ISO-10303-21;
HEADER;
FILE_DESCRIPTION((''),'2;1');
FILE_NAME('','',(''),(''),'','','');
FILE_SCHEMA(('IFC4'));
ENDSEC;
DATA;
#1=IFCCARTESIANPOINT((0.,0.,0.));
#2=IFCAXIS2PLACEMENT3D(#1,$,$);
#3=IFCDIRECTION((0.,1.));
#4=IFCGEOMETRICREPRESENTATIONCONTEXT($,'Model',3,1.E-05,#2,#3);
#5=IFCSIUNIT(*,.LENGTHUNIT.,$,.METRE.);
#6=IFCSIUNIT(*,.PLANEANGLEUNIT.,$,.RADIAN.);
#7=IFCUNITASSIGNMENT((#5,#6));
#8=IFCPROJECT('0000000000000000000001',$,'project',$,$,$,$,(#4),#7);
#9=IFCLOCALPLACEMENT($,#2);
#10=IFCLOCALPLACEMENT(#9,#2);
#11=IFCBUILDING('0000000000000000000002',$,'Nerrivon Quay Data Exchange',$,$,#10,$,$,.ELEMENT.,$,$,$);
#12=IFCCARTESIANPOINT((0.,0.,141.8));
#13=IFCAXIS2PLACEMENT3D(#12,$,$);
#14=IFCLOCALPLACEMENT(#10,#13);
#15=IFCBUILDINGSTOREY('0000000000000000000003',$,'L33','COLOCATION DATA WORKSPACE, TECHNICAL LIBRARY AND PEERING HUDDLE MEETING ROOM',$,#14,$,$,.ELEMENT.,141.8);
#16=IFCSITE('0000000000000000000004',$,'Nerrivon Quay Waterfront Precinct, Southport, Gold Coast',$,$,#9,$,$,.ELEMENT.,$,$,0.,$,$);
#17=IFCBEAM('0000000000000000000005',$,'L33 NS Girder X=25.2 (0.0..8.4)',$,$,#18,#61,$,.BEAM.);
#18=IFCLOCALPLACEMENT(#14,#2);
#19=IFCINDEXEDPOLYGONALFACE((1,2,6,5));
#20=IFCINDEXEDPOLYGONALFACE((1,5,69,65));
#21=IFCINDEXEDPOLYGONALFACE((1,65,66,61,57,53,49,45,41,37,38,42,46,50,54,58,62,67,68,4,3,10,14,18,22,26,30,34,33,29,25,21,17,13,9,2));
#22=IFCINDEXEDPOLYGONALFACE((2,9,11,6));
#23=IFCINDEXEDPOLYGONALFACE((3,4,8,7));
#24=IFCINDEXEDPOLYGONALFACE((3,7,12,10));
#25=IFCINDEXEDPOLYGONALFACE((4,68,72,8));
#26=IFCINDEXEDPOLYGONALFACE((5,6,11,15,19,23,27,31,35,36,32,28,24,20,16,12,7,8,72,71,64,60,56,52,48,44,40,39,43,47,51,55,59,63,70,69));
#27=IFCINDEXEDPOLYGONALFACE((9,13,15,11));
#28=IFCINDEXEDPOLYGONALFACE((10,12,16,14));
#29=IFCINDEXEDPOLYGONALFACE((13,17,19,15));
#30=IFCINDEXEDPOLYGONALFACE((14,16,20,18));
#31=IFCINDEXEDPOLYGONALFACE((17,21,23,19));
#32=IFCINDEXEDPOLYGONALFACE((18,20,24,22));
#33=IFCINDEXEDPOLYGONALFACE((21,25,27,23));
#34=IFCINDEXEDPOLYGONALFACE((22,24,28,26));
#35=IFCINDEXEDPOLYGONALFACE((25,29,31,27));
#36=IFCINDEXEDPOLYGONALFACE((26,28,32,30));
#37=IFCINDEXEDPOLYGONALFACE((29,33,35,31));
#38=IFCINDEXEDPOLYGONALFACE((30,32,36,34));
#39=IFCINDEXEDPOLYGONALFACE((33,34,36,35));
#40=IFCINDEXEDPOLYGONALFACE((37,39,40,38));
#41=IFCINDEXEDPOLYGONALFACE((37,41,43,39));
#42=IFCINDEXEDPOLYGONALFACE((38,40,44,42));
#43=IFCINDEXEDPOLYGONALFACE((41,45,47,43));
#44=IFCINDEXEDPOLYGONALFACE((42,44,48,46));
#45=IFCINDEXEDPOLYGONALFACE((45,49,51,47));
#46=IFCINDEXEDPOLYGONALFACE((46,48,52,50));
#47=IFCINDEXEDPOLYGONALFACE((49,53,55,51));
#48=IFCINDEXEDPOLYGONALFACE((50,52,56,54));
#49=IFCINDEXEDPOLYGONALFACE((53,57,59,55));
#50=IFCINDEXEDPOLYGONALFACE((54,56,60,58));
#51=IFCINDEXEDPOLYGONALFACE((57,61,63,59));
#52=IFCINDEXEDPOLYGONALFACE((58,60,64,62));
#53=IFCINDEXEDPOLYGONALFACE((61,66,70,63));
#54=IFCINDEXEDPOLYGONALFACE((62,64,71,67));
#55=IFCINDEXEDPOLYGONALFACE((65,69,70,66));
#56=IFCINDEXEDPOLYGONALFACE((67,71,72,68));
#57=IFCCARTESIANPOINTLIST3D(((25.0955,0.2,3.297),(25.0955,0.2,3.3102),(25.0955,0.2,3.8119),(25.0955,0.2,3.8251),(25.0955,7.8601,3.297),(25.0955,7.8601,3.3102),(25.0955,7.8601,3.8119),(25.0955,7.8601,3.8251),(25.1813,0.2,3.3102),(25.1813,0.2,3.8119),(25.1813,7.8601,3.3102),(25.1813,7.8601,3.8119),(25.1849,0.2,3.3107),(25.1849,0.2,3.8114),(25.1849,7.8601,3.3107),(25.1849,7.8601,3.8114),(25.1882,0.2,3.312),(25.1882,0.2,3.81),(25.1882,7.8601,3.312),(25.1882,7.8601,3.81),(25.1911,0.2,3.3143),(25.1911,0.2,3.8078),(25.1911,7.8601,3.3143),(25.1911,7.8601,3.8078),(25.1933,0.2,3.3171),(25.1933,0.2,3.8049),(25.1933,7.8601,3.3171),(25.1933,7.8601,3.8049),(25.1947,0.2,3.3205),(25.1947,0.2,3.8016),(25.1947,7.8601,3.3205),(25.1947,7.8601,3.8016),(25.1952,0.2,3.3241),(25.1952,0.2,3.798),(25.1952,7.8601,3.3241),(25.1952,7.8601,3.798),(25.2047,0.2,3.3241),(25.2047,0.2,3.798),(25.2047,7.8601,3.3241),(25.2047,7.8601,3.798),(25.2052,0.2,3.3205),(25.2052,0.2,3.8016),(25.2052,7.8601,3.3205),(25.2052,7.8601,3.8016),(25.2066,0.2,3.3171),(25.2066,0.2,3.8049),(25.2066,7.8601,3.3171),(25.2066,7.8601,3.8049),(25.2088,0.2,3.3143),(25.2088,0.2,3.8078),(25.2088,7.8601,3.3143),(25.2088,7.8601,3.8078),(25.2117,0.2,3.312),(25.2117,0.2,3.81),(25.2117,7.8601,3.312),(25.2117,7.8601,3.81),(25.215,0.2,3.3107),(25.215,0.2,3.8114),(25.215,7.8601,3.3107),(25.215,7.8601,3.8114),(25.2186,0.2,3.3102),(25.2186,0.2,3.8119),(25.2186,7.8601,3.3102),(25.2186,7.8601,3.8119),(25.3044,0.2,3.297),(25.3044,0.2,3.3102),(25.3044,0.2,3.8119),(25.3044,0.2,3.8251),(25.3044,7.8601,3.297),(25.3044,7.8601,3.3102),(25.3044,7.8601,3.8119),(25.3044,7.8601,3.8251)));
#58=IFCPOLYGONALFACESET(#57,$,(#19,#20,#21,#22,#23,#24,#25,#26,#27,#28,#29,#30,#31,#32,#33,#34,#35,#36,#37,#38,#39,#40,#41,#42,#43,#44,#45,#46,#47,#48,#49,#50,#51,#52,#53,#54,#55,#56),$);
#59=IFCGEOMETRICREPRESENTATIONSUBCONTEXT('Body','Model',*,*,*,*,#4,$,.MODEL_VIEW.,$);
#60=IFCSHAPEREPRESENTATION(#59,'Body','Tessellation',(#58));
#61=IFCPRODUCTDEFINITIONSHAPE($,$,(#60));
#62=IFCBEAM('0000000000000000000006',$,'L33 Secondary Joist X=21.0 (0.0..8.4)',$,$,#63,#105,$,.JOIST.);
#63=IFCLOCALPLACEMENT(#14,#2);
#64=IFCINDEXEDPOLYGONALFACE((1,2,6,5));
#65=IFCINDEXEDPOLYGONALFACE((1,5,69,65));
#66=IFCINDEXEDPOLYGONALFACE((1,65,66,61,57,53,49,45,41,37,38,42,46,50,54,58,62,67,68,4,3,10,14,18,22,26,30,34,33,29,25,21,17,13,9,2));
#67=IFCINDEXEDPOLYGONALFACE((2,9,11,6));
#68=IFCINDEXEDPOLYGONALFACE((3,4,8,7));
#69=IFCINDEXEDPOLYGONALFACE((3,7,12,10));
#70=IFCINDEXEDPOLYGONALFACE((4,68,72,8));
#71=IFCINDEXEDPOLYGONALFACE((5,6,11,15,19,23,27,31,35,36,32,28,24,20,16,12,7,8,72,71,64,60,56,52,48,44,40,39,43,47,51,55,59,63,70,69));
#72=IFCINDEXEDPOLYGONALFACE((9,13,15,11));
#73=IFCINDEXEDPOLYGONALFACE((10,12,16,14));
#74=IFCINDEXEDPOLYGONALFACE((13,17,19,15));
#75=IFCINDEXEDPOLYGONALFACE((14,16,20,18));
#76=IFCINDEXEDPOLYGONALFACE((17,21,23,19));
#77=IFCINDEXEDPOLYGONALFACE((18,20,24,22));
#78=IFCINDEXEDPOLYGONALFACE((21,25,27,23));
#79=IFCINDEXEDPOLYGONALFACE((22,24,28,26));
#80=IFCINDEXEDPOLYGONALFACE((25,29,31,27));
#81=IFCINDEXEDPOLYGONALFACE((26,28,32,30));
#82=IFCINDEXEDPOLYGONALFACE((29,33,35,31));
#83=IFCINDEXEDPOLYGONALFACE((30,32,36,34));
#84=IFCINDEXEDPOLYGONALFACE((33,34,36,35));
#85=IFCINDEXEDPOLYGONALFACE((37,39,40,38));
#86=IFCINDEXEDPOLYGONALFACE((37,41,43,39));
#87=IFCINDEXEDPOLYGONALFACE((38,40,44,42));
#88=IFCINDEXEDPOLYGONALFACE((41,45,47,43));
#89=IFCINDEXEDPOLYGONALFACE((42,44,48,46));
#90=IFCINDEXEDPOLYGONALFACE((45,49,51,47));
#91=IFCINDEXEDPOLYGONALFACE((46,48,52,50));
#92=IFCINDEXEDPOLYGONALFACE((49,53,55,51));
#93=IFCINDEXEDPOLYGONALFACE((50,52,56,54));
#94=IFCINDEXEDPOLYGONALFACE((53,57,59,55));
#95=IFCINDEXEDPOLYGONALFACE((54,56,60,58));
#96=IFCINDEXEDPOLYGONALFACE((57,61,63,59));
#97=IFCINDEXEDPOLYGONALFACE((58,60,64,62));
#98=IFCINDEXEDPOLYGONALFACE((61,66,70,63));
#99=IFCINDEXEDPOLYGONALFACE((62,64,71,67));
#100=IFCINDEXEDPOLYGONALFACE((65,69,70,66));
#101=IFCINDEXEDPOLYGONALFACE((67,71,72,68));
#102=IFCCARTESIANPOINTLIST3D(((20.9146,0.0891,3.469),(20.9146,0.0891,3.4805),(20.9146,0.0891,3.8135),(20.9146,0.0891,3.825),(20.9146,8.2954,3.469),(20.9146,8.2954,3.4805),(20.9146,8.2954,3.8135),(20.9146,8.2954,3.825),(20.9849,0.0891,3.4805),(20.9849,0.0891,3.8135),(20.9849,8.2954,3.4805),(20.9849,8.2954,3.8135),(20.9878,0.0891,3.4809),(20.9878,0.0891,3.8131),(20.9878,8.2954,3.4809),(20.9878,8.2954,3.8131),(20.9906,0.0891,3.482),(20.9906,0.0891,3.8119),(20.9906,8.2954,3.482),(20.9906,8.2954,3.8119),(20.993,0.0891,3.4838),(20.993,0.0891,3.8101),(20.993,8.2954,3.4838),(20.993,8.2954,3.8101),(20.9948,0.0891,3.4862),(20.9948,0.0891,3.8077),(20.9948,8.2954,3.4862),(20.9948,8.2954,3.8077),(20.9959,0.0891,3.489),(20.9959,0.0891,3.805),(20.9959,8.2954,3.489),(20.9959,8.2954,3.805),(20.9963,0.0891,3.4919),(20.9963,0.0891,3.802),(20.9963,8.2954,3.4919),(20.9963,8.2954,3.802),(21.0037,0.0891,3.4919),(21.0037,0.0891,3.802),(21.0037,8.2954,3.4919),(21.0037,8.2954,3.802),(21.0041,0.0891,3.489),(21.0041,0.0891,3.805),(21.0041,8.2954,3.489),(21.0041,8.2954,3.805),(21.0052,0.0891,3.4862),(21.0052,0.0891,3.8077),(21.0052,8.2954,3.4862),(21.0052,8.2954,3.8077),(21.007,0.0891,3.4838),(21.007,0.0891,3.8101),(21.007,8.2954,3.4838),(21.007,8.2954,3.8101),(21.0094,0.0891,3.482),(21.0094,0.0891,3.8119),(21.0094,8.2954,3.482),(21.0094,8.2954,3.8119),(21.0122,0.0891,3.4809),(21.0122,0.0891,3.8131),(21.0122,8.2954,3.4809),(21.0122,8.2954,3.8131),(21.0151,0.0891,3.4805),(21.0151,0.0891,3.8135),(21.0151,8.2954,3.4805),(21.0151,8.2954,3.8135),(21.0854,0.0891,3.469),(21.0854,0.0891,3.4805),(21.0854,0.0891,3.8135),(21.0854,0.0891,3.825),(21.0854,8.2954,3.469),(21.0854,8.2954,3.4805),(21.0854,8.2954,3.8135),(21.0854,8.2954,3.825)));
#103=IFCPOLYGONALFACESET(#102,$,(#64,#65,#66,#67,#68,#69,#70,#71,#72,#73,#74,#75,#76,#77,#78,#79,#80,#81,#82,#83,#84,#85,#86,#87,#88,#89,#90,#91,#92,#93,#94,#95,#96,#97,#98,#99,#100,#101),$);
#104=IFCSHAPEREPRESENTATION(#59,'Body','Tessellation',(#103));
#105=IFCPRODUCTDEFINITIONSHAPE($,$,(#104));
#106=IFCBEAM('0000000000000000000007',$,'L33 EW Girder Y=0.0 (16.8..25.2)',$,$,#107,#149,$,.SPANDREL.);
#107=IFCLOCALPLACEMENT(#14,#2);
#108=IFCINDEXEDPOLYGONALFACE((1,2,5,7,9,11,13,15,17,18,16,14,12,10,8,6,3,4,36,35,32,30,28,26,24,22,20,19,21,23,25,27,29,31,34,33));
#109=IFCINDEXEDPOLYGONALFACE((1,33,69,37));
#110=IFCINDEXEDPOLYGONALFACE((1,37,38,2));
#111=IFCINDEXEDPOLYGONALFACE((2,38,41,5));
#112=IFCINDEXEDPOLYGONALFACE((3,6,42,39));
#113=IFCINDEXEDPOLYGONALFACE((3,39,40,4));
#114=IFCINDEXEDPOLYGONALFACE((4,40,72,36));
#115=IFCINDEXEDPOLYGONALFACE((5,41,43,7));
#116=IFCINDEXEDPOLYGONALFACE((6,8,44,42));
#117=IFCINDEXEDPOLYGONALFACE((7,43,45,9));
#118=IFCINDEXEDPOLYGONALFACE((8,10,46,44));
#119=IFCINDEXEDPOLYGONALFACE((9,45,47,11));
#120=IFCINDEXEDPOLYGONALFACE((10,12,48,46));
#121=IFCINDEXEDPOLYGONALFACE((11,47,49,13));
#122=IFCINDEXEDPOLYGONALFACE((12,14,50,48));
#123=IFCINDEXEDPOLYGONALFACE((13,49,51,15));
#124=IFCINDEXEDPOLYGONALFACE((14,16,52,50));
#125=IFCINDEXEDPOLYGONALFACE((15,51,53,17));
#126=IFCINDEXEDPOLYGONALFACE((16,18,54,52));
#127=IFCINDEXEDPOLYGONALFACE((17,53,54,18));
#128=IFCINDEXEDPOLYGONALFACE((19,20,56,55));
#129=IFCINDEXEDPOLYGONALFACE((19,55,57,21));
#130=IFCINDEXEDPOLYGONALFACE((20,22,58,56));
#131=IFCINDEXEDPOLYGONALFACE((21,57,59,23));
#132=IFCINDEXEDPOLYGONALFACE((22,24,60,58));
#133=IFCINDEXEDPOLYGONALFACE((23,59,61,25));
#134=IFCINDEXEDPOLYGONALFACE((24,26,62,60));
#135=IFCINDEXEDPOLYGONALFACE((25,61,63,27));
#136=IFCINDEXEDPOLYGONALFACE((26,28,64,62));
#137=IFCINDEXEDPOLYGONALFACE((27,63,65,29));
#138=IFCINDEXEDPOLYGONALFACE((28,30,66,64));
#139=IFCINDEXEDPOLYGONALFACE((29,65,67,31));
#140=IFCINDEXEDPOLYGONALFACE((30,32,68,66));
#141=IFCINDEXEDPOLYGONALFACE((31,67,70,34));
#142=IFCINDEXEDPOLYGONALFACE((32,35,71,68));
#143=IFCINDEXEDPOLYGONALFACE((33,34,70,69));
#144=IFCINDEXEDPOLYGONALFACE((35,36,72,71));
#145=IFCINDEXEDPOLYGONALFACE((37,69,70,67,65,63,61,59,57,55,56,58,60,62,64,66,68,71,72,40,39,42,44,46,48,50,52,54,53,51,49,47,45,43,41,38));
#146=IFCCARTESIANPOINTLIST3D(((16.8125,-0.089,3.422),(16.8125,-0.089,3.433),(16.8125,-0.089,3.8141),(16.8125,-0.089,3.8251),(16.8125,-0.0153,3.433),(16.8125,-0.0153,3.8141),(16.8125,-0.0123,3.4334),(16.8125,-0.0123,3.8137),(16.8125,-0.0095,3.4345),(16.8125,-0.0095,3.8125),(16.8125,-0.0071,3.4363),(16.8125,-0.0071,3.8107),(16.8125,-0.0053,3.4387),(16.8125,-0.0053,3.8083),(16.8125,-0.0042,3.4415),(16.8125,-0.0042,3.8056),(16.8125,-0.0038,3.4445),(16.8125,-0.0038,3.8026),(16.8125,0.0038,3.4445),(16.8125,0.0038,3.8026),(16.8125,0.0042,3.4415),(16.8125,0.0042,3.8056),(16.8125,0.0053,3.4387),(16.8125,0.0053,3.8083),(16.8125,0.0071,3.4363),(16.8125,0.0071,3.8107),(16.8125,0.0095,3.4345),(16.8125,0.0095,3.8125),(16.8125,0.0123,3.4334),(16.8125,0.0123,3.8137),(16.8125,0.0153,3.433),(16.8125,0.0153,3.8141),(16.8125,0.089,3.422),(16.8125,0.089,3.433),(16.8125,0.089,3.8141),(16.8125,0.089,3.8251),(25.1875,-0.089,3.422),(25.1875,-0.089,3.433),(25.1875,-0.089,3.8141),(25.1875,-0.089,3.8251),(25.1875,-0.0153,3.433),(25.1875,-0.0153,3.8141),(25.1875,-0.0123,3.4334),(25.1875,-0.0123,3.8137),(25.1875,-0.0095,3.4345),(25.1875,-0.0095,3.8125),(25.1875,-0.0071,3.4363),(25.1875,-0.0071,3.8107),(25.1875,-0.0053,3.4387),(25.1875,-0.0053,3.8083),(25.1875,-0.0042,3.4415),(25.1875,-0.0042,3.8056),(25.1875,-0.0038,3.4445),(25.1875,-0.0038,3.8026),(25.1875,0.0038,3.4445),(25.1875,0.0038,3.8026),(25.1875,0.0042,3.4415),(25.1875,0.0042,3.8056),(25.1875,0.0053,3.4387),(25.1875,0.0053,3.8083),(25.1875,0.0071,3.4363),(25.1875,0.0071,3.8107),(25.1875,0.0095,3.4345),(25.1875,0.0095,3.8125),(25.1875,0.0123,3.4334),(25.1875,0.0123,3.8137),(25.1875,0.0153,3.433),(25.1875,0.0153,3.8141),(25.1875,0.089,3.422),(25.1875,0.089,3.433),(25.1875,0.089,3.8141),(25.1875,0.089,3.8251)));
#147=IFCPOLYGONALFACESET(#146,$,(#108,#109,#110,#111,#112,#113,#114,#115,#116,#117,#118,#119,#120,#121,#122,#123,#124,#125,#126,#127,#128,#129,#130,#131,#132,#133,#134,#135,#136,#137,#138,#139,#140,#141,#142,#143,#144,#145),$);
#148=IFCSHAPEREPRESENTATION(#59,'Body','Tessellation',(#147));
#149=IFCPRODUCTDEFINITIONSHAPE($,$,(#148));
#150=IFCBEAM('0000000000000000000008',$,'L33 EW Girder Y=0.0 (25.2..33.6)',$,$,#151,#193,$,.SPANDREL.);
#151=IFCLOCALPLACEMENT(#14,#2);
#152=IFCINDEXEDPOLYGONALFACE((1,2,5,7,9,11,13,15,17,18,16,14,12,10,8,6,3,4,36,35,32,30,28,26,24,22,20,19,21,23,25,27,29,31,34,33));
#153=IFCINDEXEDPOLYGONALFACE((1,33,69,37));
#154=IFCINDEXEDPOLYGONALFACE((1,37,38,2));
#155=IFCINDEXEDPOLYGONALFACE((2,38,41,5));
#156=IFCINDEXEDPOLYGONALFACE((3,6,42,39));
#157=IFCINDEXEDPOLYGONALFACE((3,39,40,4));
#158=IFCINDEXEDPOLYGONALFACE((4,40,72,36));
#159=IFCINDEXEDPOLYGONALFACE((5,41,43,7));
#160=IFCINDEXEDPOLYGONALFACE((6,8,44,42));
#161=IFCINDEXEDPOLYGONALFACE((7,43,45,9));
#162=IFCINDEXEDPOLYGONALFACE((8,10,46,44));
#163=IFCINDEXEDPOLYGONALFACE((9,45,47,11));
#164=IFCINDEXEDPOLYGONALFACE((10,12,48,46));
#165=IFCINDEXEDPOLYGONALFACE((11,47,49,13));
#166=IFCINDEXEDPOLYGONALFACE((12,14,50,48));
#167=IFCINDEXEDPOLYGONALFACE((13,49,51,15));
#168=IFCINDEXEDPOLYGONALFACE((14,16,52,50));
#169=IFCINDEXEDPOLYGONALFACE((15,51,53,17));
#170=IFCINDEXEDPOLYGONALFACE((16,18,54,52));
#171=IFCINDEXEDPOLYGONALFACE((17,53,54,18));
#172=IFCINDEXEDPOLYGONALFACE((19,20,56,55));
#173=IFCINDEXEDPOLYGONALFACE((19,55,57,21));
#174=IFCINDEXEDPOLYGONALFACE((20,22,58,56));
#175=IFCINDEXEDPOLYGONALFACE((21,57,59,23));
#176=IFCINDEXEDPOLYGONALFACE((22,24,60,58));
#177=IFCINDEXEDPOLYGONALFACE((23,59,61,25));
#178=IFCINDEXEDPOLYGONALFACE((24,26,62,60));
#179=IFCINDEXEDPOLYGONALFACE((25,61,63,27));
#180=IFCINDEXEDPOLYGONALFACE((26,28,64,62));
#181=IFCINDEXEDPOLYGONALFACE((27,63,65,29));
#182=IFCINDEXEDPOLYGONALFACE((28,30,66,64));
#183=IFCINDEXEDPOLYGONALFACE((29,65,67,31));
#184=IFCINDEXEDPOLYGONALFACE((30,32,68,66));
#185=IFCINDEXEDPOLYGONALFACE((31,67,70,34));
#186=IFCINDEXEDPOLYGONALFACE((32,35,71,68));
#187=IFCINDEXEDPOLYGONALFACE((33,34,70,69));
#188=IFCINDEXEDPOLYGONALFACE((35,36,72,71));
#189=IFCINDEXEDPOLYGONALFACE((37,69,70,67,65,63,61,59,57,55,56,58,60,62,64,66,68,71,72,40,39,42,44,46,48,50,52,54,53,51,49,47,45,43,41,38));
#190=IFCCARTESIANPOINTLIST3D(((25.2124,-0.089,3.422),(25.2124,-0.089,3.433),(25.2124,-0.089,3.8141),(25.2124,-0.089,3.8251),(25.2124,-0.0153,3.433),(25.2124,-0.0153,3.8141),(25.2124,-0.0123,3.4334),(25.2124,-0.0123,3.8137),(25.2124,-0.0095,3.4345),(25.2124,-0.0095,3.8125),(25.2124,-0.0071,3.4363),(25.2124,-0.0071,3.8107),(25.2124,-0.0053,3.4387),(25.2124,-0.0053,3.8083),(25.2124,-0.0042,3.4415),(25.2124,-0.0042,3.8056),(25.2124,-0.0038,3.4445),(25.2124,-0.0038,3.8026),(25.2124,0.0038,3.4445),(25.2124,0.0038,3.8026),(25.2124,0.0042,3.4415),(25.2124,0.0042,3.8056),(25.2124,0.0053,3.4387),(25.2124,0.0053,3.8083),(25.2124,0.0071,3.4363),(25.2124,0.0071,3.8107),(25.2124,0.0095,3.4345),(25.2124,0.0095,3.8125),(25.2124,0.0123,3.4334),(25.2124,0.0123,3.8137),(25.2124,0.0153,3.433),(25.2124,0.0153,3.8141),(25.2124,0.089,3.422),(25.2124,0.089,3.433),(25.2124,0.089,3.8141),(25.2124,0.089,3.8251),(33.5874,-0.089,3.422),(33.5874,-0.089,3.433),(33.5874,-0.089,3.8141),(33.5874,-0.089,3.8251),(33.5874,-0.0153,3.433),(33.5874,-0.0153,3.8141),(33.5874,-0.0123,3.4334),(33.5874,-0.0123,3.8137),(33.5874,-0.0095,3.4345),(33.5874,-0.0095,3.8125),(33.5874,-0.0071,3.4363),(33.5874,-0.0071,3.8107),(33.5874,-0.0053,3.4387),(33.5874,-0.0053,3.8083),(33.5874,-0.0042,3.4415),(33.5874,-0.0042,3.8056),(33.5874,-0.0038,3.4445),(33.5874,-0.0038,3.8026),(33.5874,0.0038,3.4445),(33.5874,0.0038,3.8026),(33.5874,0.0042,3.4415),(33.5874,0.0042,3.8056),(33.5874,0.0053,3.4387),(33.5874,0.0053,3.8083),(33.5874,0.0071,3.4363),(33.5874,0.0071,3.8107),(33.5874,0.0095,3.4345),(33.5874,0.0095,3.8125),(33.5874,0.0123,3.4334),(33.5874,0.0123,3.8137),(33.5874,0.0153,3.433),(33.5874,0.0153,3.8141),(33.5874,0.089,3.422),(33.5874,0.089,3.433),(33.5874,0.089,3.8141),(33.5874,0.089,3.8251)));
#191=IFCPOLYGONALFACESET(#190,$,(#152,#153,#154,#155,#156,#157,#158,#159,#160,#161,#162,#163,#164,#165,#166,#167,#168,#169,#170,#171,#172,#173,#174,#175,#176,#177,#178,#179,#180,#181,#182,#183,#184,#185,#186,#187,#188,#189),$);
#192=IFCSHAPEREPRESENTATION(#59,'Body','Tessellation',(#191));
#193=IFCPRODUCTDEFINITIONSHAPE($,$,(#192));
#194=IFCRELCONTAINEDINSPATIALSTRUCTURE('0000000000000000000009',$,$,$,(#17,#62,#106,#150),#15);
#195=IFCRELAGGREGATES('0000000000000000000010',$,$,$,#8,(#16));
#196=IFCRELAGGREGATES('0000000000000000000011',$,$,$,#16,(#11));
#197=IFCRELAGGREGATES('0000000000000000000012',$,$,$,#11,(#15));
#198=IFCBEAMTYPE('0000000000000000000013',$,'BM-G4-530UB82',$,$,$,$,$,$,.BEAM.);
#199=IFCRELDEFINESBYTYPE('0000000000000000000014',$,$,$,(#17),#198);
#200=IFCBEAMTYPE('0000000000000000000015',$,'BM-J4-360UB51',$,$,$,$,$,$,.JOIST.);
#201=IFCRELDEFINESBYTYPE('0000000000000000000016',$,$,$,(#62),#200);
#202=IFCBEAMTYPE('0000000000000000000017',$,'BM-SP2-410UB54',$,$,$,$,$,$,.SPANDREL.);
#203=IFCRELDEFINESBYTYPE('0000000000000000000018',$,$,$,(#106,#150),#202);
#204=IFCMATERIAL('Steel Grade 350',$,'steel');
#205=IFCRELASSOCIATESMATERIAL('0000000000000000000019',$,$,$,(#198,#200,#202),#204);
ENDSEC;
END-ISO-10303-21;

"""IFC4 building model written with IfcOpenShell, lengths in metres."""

from ifc_helpers import new_model, si_unit, direction, frame, origin, origin_2d, place, context, subcontext, project, spatial, i_section, extrude, material, material_profile, profile_set, type_object, element, save


model = new_model("IFC4")

# Units and contexts
model_context = context("Model", 3, precision=1e-05, world=origin(), true_north=direction((0.0, 1.0)))
body_context = subcontext(model_context, "Body", "Model", "MODEL_VIEW")
ifc_project = project(units=[si_unit("LENGTHUNIT", "METRE"), si_unit("PLANEANGLEUNIT", "RADIAN")], contexts=[model_context])

# Site, building, storey
site_placement = place(None, origin())
site = spatial("IfcSite", under=ifc_project, at=site_placement, Name="Nerrivon Quay Waterfront Precinct, Southport, Gold Coast", CompositionType="ELEMENT", RefElevation=0.0)
building_placement = place(site_placement, origin())
building = spatial("IfcBuilding", under=site, at=building_placement, Name="Nerrivon Quay Data Exchange", CompositionType="ELEMENT")
storey_placement = place(building_placement, frame((0.0, 0.0, 141.8)))
storey = spatial("IfcBuildingStorey", under=building, at=storey_placement, Name="L33", Description="COLOCATION DATA WORKSPACE, TECHNICAL LIBRARY AND PEERING HUDDLE MEETING ROOM", CompositionType="ELEMENT", Elevation=141.8)

# Shared definitions
ifc_material_1 = material(Name="Steel Grade 350", Category="steel")

# Beams
ifc_material_profile_1 = material_profile(ifc_material_1, i_section(OverallWidth=0.209, OverallDepth=0.5281, WebThickness=0.0095, FlangeThickness=0.0132, FilletRadius=0.0139, at=origin_2d()), Name="530UB82.0")
ifc_profile_set_1 = profile_set([ifc_material_profile_1], Name="Steel Grade 350")
beam_type_1 = type_object("IfcBeamType", Name="BM-G4-530UB82", PredefinedType="BEAM", material=ifc_profile_set_1)
beam_1_placement = place(storey_placement, frame((25.2, 0.2, 3.561), z_axis=(0.0, 1.0, 0.0), x_axis=(-1.0, 0.0, 0.0)))
element("IfcBeam", 1, at=beam_1_placement, inside=storey, type_object=beam_type_1, Name="L33 NS Girder X=25.2 (0.0..8.4)", PredefinedType="BEAM", context=body_context, shape_type="SweptSolid", body=[
    extrude(i_section(OverallWidth=0.209, OverallDepth=0.5281, WebThickness=0.0095, FlangeThickness=0.0132, FilletRadius=0.0139, at=origin_2d()), origin(), (0.0, 0.0, 1.0), 7.6602),
])
ifc_material_profile_2 = material_profile(ifc_material_1, i_section(OverallWidth=0.1709, OverallDepth=0.356, WebThickness=0.0073, FlangeThickness=0.0115, FilletRadius=0.0115, at=origin_2d()), Name="360UB50.7")
ifc_profile_set_2 = profile_set([ifc_material_profile_2], Name="Steel Grade 350")
beam_type_2 = type_object("IfcBeamType", Name="BM-J4-360UB51", PredefinedType="JOIST", material=ifc_profile_set_2)
beam_2_placement = place(storey_placement, frame((21.0, 0.0891, 3.647), z_axis=(0.0, 1.0, 0.0), x_axis=(-1.0, 0.0, 0.0)))
element("IfcBeam", 2, at=beam_2_placement, inside=storey, type_object=beam_type_2, Name="L33 Secondary Joist X=21.0 (0.0..8.4)", PredefinedType="JOIST", context=body_context, shape_type="SweptSolid", body=[
    extrude(i_section(OverallWidth=0.1709, OverallDepth=0.356, WebThickness=0.0073, FlangeThickness=0.0115, FilletRadius=0.0115, at=origin_2d()), origin(), (0.0, 0.0, 1.0), 8.2063),
])
ifc_material_profile_3 = material_profile(ifc_material_1, i_section(OverallWidth=0.178, OverallDepth=0.4031, WebThickness=0.0076, FlangeThickness=0.011, FilletRadius=0.0115, at=origin_2d()), Name="410UB53.7")
ifc_profile_set_3 = profile_set([ifc_material_profile_3], Name="Steel Grade 350")
beam_type_3 = type_object("IfcBeamType", Name="BM-SP2-410UB54", PredefinedType="SPANDREL", material=ifc_profile_set_3)
for number, where, z_axis, x_axis, name in (
    (3, (16.8125, 0.0, 3.6235), (1.0, 0.0, 0.0), (0.0, 1.0, 0.0), "L33 EW Girder Y=0.0 (16.8..25.2)"),
    (4, (25.2124, 0.0, 3.6235), (1.0, 0.0, 0.0), (0.0, 1.0, 0.0), "L33 EW Girder Y=0.0 (25.2..33.6)"),
):
    element("IfcBeam", number, at=place(storey_placement, frame(where, z_axis=z_axis, x_axis=x_axis)), inside=storey, type_object=beam_type_3, Name=name, PredefinedType="SPANDREL", context=body_context, shape_type="SweptSolid", body=[
        extrude(i_section(OverallWidth=0.178, OverallDepth=0.4031, WebThickness=0.0076, FlangeThickness=0.011, FilletRadius=0.0115, at=origin_2d()), origin(), (0.0, 0.0, 1.0), 8.375),
    ])

save(model, "model.ifc")
